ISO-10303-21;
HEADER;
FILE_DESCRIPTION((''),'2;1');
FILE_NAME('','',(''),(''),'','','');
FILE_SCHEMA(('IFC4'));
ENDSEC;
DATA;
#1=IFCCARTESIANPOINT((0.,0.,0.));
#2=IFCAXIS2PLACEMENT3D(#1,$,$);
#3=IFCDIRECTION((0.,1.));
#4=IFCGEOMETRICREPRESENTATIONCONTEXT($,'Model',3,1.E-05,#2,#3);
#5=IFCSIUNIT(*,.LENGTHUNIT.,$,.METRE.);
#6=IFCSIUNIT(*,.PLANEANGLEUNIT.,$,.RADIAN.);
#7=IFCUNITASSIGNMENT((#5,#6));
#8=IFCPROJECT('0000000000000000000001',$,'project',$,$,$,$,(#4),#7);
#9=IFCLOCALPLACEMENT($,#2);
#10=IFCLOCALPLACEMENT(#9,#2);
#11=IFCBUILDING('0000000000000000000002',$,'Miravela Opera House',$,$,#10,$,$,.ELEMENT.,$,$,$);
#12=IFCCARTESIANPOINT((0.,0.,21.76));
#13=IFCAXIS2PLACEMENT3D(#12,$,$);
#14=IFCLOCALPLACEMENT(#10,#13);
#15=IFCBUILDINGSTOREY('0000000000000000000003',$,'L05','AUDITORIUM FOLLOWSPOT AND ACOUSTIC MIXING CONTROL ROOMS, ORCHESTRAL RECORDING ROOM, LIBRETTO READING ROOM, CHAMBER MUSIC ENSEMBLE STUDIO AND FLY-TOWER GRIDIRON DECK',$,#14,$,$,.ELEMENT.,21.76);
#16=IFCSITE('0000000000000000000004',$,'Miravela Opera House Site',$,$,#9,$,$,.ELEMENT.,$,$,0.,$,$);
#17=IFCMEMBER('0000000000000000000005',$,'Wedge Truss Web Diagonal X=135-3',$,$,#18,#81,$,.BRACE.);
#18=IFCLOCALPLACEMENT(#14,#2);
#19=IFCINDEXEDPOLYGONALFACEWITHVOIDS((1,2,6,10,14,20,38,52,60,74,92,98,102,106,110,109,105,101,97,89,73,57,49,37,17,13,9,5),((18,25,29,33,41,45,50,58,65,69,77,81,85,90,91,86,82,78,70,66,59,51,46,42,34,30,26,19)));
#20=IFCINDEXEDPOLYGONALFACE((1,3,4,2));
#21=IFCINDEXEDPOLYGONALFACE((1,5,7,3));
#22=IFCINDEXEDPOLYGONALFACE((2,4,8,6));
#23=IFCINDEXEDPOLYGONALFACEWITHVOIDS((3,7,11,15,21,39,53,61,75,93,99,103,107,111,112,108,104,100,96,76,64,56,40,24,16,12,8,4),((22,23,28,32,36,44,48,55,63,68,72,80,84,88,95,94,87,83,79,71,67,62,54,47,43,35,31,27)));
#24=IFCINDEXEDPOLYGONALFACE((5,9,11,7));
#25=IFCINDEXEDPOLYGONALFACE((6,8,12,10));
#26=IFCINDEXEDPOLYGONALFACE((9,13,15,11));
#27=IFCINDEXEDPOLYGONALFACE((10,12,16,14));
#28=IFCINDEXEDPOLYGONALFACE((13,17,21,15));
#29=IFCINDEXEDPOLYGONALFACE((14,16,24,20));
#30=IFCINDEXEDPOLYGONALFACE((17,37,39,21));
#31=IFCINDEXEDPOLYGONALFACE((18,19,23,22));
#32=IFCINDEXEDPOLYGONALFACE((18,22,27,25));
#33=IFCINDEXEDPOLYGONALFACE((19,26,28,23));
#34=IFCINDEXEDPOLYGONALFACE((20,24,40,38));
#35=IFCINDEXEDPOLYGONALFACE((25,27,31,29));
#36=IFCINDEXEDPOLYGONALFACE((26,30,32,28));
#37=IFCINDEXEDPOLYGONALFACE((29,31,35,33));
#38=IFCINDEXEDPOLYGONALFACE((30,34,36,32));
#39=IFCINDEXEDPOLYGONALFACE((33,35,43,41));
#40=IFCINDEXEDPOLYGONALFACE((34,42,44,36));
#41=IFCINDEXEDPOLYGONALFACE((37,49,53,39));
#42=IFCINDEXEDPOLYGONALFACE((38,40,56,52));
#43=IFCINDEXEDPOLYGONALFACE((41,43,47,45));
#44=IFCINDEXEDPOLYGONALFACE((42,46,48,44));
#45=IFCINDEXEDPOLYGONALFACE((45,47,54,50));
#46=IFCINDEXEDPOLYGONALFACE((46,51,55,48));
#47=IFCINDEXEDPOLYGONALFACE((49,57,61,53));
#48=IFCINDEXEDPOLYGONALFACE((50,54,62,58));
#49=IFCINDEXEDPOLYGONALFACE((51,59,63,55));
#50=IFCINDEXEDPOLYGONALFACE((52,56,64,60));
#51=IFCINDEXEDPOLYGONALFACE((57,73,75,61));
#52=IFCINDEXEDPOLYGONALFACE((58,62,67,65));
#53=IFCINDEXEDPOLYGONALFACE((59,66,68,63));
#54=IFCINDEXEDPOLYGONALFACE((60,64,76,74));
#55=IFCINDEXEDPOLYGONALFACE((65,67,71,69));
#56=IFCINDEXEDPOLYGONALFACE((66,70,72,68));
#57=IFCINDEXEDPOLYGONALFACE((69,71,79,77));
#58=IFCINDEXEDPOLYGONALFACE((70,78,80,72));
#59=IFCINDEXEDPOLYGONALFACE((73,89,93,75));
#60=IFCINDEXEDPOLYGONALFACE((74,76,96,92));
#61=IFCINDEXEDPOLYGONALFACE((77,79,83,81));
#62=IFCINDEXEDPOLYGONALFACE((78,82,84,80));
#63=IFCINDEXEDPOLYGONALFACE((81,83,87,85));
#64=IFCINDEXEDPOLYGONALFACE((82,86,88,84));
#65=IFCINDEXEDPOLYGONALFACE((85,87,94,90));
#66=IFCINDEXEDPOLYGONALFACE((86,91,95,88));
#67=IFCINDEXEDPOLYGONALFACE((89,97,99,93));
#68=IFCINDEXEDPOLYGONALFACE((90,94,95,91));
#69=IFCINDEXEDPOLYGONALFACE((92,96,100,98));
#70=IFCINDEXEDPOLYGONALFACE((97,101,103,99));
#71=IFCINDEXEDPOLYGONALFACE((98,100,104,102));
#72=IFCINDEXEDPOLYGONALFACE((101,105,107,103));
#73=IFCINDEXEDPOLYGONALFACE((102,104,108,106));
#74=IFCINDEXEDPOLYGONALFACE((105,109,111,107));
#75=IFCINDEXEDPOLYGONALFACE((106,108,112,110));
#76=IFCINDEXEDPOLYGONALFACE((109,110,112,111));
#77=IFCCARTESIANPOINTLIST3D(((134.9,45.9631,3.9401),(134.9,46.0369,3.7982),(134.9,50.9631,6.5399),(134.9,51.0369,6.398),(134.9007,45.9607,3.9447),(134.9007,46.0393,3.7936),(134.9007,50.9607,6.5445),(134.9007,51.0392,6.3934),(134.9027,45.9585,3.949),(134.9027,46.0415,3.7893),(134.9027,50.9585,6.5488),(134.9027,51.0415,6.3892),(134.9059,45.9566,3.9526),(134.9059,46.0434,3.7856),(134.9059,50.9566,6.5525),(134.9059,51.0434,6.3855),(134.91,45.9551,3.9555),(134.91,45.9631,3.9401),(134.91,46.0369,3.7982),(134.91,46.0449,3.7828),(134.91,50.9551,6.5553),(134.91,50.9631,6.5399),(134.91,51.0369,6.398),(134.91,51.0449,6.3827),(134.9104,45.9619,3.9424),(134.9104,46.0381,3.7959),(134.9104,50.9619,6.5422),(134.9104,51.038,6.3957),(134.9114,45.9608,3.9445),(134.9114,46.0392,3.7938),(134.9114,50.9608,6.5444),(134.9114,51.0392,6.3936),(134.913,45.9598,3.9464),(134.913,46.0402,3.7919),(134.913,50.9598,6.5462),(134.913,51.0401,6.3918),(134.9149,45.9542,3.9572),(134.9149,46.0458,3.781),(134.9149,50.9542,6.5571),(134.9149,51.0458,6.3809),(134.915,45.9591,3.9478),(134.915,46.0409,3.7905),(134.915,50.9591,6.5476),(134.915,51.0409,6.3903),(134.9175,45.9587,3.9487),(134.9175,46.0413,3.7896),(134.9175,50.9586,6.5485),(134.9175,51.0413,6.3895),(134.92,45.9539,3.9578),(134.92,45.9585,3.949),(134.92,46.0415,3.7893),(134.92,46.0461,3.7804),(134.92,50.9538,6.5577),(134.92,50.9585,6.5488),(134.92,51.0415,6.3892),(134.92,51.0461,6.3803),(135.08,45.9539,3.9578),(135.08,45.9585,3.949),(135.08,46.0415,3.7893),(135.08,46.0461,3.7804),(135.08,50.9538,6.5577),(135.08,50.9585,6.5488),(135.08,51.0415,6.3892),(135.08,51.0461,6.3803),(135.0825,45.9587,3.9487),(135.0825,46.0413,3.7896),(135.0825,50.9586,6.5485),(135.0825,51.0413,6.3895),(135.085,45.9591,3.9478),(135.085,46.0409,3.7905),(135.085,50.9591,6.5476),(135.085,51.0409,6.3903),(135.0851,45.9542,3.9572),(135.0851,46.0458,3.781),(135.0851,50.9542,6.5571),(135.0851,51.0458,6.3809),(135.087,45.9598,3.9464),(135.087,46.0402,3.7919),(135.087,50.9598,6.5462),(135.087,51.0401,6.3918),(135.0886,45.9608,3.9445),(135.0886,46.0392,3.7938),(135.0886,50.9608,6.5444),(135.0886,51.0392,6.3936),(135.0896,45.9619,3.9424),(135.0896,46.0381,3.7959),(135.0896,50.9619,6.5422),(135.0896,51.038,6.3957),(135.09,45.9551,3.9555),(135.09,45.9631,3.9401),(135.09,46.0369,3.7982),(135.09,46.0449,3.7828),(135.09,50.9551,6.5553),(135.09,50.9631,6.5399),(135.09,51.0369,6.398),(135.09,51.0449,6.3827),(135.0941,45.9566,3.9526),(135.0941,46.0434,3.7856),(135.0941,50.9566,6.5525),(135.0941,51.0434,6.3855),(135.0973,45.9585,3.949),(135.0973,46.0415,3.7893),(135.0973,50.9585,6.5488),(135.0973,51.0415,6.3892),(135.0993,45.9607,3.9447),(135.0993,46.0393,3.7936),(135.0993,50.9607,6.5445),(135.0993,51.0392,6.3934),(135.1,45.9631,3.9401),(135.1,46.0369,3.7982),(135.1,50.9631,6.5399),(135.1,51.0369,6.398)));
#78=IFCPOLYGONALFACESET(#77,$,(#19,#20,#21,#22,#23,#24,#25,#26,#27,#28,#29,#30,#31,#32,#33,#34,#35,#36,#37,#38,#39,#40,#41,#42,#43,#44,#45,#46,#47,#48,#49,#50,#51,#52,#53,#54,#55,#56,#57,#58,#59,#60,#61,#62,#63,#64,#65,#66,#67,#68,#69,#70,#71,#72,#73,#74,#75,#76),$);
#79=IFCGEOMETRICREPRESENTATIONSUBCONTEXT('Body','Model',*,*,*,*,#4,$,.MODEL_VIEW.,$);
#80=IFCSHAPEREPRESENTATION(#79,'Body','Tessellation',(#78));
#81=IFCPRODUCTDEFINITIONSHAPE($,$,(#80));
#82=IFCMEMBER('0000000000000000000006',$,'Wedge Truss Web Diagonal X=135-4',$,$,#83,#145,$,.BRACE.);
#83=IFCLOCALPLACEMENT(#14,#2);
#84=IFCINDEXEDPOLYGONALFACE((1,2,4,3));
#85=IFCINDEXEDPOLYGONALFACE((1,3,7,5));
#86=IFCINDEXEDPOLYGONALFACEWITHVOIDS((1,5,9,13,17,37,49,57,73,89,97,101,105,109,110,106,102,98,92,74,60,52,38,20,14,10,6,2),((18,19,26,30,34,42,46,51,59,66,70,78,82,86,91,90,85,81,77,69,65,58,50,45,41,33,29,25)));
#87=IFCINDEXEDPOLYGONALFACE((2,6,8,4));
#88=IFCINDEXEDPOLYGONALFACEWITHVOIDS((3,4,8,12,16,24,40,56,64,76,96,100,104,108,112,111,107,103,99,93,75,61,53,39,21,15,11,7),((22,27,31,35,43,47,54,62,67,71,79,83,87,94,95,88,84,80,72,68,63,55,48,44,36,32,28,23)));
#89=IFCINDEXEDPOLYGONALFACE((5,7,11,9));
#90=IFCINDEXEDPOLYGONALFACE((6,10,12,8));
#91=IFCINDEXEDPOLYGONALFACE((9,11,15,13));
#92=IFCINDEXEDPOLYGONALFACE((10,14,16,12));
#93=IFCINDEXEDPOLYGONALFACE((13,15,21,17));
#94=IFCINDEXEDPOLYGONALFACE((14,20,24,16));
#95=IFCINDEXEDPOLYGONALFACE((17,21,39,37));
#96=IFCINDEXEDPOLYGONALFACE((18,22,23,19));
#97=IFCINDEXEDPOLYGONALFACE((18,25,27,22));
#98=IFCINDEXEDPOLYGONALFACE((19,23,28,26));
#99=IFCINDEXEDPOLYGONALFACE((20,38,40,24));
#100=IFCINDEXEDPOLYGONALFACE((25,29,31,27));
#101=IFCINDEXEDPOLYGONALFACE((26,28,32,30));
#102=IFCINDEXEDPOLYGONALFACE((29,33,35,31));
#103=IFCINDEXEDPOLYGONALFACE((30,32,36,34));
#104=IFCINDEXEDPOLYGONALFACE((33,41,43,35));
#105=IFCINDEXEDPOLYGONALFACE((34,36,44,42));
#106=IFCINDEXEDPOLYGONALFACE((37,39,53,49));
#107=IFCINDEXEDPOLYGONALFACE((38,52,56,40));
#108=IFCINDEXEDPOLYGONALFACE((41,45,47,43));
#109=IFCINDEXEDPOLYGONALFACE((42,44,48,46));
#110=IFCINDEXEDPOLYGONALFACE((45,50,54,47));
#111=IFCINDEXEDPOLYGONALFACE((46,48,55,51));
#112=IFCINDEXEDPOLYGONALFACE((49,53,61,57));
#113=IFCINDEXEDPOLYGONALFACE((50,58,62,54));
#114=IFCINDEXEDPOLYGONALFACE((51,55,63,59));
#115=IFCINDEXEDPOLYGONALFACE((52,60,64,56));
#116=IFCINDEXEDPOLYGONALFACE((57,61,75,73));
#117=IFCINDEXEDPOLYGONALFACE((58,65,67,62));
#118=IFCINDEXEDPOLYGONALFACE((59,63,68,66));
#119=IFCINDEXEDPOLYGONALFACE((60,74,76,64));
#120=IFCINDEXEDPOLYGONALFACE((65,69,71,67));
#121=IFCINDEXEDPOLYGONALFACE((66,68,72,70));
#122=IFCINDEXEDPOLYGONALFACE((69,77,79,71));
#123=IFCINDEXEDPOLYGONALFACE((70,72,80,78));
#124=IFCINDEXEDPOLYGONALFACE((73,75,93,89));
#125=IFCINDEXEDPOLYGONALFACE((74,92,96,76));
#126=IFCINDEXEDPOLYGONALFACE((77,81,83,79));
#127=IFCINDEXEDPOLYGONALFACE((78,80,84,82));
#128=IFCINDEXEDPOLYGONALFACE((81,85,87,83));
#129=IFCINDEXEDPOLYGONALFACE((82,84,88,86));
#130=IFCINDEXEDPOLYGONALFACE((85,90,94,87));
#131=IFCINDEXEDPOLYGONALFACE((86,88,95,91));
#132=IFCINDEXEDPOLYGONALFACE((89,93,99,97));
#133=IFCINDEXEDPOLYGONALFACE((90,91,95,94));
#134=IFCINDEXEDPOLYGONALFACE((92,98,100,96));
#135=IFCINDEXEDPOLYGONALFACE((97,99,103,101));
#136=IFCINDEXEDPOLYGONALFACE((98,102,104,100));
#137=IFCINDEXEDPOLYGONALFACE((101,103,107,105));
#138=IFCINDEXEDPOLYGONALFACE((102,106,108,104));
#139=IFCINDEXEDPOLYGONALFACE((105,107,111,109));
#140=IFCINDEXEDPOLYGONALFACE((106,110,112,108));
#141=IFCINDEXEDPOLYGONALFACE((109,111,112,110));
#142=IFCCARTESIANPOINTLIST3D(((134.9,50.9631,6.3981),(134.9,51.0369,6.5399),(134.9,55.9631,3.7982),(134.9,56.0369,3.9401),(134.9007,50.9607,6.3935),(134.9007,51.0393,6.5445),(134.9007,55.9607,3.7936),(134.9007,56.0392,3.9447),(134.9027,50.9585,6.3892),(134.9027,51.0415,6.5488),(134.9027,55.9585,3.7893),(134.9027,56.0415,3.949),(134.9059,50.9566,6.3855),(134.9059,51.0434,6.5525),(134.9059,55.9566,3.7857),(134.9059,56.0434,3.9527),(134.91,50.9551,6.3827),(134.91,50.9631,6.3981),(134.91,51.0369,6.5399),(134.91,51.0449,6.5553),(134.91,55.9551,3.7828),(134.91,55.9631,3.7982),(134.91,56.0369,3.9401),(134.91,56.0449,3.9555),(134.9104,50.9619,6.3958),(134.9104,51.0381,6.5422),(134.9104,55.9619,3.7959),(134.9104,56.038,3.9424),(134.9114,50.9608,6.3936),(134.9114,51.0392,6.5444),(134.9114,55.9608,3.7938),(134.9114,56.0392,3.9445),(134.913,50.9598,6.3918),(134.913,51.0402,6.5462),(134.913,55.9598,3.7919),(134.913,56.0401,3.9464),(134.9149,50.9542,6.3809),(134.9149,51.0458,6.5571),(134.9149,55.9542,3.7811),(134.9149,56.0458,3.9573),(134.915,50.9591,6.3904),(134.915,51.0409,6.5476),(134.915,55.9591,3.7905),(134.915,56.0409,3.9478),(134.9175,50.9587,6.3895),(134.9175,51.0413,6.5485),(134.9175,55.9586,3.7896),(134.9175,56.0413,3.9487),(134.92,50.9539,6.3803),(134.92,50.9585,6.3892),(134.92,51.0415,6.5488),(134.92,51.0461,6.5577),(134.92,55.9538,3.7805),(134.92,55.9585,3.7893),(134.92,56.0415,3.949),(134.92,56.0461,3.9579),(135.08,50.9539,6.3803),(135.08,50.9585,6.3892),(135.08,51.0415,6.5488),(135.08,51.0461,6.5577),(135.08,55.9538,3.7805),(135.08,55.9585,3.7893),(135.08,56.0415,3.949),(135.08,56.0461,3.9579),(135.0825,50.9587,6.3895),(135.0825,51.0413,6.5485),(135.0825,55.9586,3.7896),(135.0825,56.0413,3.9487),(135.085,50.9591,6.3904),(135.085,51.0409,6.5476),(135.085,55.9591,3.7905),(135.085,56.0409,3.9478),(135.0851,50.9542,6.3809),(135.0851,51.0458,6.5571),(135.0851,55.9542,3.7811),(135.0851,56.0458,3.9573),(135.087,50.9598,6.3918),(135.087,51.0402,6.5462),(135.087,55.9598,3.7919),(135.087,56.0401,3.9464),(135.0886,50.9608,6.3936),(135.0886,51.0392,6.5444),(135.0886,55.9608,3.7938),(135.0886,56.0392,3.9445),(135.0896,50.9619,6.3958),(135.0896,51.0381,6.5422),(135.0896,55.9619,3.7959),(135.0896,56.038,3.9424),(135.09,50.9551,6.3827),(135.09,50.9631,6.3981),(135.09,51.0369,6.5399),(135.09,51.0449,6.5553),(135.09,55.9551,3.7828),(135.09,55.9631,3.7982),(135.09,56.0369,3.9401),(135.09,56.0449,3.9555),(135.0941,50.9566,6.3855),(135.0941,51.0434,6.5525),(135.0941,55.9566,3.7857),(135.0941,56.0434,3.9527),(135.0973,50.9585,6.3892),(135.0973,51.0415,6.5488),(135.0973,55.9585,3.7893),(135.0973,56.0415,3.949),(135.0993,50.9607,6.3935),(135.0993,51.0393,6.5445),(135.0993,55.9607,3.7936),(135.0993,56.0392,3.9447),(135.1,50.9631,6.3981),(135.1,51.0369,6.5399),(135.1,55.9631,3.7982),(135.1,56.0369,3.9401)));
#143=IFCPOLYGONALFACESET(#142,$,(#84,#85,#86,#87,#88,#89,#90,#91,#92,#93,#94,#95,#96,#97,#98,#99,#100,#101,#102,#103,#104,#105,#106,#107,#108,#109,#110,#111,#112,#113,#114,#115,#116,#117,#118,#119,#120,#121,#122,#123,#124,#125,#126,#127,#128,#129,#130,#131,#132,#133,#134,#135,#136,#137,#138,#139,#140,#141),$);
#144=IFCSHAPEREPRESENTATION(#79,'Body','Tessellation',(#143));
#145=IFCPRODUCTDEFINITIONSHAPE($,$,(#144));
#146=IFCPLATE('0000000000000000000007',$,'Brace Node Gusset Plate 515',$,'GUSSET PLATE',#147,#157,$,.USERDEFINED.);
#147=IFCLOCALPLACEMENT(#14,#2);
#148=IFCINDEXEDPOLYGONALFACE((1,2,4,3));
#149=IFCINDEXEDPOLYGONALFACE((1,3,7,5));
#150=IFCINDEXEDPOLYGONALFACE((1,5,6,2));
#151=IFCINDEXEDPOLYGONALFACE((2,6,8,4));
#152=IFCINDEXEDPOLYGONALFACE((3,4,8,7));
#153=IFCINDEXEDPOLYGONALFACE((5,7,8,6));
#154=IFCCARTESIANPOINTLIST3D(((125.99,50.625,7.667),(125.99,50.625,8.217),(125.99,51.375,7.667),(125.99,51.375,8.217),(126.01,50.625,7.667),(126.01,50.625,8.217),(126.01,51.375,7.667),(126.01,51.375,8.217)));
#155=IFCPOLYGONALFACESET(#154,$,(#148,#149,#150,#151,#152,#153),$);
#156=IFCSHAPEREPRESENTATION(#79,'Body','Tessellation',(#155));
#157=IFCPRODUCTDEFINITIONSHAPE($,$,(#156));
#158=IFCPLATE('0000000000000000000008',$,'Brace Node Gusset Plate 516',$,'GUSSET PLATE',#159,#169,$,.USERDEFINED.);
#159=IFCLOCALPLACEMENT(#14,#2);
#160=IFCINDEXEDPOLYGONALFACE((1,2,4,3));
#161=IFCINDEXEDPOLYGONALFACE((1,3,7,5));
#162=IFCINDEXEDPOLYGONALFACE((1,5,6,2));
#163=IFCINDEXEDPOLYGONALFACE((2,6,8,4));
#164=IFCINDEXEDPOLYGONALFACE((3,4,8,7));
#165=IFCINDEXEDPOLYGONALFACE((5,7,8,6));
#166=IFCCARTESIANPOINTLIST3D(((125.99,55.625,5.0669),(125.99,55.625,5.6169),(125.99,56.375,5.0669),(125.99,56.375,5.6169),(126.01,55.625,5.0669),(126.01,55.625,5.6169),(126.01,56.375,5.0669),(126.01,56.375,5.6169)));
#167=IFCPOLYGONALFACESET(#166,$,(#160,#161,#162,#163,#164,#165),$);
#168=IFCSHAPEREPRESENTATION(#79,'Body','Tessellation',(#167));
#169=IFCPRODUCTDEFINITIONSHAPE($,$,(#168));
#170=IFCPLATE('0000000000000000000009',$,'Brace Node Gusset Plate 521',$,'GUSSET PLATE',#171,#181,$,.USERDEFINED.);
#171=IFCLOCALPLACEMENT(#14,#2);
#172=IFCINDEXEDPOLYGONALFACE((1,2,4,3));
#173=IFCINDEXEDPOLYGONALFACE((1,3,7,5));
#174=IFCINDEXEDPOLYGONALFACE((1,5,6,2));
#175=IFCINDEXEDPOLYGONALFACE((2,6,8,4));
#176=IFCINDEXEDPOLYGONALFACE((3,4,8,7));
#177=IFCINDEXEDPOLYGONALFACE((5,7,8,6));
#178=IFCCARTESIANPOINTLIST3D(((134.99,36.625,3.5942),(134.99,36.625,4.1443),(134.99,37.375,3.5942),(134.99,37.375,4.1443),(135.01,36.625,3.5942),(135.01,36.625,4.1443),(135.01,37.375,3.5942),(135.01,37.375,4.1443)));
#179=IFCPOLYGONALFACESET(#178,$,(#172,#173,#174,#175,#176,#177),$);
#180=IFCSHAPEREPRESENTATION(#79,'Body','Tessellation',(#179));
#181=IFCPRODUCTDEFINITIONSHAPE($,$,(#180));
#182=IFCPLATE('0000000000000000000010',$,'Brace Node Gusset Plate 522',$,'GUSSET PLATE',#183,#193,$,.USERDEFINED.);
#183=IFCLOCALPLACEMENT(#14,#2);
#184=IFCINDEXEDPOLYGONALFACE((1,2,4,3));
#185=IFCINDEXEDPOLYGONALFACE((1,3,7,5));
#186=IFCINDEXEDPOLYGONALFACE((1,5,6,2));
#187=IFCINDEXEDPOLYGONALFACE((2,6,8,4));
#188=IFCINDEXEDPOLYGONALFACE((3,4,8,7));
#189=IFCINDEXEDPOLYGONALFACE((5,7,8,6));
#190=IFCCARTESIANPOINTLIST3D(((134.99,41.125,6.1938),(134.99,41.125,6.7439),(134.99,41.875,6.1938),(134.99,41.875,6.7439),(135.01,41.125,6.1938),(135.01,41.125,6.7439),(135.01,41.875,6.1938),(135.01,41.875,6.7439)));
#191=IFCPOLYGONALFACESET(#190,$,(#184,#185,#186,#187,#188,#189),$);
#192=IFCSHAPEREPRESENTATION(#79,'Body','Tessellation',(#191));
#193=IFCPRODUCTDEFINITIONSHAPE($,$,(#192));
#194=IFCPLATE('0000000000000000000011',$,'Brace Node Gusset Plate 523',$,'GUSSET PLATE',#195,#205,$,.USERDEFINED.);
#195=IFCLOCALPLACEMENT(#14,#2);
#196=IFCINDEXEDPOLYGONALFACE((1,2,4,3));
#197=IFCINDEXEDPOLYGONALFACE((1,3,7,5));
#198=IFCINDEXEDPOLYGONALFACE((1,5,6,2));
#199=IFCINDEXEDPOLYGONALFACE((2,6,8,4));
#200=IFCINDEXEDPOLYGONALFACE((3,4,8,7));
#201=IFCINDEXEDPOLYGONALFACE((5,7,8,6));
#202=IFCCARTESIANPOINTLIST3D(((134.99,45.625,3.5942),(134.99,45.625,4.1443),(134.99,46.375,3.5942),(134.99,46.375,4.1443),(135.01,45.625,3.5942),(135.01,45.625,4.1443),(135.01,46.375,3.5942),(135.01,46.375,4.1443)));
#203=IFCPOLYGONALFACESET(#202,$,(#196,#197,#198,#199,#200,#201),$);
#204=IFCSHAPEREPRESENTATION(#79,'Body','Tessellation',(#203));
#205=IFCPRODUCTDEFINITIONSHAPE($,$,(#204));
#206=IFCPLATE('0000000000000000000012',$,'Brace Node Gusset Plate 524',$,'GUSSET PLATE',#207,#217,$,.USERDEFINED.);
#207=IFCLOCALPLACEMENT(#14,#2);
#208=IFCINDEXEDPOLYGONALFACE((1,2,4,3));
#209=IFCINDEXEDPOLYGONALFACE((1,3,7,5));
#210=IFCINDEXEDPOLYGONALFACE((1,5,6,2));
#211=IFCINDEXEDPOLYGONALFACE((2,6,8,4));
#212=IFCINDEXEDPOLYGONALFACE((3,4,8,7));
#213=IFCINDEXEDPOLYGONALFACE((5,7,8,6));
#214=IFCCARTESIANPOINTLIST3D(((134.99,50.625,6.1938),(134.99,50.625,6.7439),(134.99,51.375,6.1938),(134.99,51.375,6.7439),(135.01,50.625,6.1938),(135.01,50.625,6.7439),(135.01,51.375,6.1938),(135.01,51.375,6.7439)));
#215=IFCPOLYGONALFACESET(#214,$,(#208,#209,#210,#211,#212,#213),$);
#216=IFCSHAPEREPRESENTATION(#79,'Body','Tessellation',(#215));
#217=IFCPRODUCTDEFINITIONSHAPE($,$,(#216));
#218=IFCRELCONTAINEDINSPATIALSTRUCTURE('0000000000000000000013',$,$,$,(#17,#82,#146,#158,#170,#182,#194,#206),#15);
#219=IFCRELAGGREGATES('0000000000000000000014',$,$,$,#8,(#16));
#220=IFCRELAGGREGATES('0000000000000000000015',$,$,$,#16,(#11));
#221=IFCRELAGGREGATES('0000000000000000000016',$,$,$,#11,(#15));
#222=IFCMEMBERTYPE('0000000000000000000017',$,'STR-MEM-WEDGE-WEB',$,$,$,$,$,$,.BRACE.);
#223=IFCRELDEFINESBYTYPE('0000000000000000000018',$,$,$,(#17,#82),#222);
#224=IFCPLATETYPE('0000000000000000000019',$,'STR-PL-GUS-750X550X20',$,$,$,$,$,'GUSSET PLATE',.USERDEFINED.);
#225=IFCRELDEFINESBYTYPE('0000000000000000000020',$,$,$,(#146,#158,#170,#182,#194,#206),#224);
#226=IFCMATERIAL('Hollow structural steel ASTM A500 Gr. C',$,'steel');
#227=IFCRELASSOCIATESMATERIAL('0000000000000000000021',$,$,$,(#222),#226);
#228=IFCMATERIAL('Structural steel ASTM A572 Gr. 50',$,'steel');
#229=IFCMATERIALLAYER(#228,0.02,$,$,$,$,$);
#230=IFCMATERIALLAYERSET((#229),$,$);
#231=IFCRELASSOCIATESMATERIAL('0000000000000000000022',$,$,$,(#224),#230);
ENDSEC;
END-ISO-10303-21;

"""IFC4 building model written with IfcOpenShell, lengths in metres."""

from ifc_helpers import new_model, si_unit, direction, frame, origin, origin_2d, place, context, subcontext, project, spatial, rectangle, hollow_rectangle, extrude, material, layer, layer_set, material_profile, profile_set, type_object, element, save


model = new_model("IFC4")

# Units and contexts
model_context = context("Model", 3, precision=1e-05, world=origin(), true_north=direction((0.0, 1.0)))
body_context = subcontext(model_context, "Body", "Model", "MODEL_VIEW")
ifc_project = project(units=[si_unit("LENGTHUNIT", "METRE"), si_unit("PLANEANGLEUNIT", "RADIAN")], contexts=[model_context])

# Site, building, storey
site_placement = place(None, origin())
site = spatial("IfcSite", under=ifc_project, at=site_placement, Name="Miravela Opera House Site", CompositionType="ELEMENT", RefElevation=0.0)
building_placement = place(site_placement, origin())
building = spatial("IfcBuilding", under=site, at=building_placement, Name="Miravela Opera House", CompositionType="ELEMENT")
storey_placement = place(building_placement, frame((0.0, 0.0, 21.76)))
storey = spatial("IfcBuildingStorey", under=building, at=storey_placement, Name="L05", Description="AUDITORIUM FOLLOWSPOT AND ACOUSTIC MIXING CONTROL ROOMS, ORCHESTRAL RECORDING ROOM, LIBRETTO READING ROOM, CHAMBER MUSIC ENSEMBLE STUDIO AND FLY-TOWER GRIDIRON DECK", CompositionType="ELEMENT", Elevation=21.76)

# Members
ifc_material_1 = material(Name="Hollow structural steel ASTM A500 Gr. C", Category="steel")
ifc_material_profile_1 = material_profile(ifc_material_1, hollow_rectangle(XDim=0.2, YDim=0.2, WallThickness=0.01, InnerFilletRadius=0.01, OuterFilletRadius=0.02, at=origin_2d()), Name="HSS200X200X10")
ifc_profile_set_1 = profile_set([ifc_material_profile_1])
member_type_1 = type_object("IfcMemberType", Name="STR-MEM-WEDGE-WEB", PredefinedType="BRACE", material=ifc_profile_set_1)
for number, where, z_axis, x_axis, name in (
    (1, (135.0, 46.0, 3.8691), (0.0, 0.887227, 0.461332), (-1.0, 0.0, 0.0), "Wedge Truss Web Diagonal X=135-3"),
    (2, (135.0, 51.0, 6.469), (0.0, 0.887227, -0.461332), (-1.0, 0.0, 0.0), "Wedge Truss Web Diagonal X=135-4"),
):
    element("IfcMember", number, at=place(storey_placement, frame(where, z_axis=z_axis, x_axis=x_axis)), inside=storey, type_object=member_type_1, Name=name, PredefinedType="BRACE", context=body_context, shape_type="SweptSolid", body=[
        extrude(hollow_rectangle(XDim=0.2, YDim=0.2, WallThickness=0.01, InnerFilletRadius=0.01, OuterFilletRadius=0.02, at=origin_2d()), origin(), (0.0, 0.0, 1.0), 5.6355),
    ])

# Plates
ifc_material_2 = material(Name="Structural steel ASTM A572 Gr. 50", Category="steel")
ifc_layer_1 = layer(ifc_material_2, 0.02)
ifc_layer_set_1 = layer_set([ifc_layer_1])
plate_type = type_object("IfcPlateType", Name="STR-PL-GUS-750X550X20", ElementType="GUSSET PLATE", PredefinedType="USERDEFINED", material=ifc_layer_set_1)
for number, where, z_axis, x_axis, name in (
    (3, (126.0, 51.0, 7.667), (0.0, 0.0, 1.0), (0.0, 1.0, 0.0), "Brace Node Gusset Plate 515"),
    (4, (126.0, 56.0, 5.0669), (0.0, 0.0, 1.0), (0.0, 1.0, 0.0), "Brace Node Gusset Plate 516"),
    (5, (135.0, 37.0, 3.5942), (0.0, 0.0, 1.0), (0.0, 1.0, 0.0), "Brace Node Gusset Plate 521"),
    (6, (135.0, 41.5, 6.1938), (0.0, 0.0, 1.0), (0.0, 1.0, 0.0), "Brace Node Gusset Plate 522"),
    (7, (135.0, 46.0, 3.5942), (0.0, 0.0, 1.0), (0.0, 1.0, 0.0), "Brace Node Gusset Plate 523"),
    (8, (135.0, 51.0, 6.1938), (0.0, 0.0, 1.0), (0.0, 1.0, 0.0), "Brace Node Gusset Plate 524"),
):
    element("IfcPlate", number, at=place(storey_placement, frame(where, z_axis=z_axis, x_axis=x_axis)), inside=storey, type_object=plate_type, Name=name, ObjectType="GUSSET PLATE", PredefinedType="USERDEFINED", context=body_context, shape_type="SweptSolid", body=[
        extrude(rectangle(XDim=0.75, YDim=0.02, at=origin_2d()), origin(), (0.0, 0.0, 1.0), 0.55),
    ])

save(model, "model.ifc")
